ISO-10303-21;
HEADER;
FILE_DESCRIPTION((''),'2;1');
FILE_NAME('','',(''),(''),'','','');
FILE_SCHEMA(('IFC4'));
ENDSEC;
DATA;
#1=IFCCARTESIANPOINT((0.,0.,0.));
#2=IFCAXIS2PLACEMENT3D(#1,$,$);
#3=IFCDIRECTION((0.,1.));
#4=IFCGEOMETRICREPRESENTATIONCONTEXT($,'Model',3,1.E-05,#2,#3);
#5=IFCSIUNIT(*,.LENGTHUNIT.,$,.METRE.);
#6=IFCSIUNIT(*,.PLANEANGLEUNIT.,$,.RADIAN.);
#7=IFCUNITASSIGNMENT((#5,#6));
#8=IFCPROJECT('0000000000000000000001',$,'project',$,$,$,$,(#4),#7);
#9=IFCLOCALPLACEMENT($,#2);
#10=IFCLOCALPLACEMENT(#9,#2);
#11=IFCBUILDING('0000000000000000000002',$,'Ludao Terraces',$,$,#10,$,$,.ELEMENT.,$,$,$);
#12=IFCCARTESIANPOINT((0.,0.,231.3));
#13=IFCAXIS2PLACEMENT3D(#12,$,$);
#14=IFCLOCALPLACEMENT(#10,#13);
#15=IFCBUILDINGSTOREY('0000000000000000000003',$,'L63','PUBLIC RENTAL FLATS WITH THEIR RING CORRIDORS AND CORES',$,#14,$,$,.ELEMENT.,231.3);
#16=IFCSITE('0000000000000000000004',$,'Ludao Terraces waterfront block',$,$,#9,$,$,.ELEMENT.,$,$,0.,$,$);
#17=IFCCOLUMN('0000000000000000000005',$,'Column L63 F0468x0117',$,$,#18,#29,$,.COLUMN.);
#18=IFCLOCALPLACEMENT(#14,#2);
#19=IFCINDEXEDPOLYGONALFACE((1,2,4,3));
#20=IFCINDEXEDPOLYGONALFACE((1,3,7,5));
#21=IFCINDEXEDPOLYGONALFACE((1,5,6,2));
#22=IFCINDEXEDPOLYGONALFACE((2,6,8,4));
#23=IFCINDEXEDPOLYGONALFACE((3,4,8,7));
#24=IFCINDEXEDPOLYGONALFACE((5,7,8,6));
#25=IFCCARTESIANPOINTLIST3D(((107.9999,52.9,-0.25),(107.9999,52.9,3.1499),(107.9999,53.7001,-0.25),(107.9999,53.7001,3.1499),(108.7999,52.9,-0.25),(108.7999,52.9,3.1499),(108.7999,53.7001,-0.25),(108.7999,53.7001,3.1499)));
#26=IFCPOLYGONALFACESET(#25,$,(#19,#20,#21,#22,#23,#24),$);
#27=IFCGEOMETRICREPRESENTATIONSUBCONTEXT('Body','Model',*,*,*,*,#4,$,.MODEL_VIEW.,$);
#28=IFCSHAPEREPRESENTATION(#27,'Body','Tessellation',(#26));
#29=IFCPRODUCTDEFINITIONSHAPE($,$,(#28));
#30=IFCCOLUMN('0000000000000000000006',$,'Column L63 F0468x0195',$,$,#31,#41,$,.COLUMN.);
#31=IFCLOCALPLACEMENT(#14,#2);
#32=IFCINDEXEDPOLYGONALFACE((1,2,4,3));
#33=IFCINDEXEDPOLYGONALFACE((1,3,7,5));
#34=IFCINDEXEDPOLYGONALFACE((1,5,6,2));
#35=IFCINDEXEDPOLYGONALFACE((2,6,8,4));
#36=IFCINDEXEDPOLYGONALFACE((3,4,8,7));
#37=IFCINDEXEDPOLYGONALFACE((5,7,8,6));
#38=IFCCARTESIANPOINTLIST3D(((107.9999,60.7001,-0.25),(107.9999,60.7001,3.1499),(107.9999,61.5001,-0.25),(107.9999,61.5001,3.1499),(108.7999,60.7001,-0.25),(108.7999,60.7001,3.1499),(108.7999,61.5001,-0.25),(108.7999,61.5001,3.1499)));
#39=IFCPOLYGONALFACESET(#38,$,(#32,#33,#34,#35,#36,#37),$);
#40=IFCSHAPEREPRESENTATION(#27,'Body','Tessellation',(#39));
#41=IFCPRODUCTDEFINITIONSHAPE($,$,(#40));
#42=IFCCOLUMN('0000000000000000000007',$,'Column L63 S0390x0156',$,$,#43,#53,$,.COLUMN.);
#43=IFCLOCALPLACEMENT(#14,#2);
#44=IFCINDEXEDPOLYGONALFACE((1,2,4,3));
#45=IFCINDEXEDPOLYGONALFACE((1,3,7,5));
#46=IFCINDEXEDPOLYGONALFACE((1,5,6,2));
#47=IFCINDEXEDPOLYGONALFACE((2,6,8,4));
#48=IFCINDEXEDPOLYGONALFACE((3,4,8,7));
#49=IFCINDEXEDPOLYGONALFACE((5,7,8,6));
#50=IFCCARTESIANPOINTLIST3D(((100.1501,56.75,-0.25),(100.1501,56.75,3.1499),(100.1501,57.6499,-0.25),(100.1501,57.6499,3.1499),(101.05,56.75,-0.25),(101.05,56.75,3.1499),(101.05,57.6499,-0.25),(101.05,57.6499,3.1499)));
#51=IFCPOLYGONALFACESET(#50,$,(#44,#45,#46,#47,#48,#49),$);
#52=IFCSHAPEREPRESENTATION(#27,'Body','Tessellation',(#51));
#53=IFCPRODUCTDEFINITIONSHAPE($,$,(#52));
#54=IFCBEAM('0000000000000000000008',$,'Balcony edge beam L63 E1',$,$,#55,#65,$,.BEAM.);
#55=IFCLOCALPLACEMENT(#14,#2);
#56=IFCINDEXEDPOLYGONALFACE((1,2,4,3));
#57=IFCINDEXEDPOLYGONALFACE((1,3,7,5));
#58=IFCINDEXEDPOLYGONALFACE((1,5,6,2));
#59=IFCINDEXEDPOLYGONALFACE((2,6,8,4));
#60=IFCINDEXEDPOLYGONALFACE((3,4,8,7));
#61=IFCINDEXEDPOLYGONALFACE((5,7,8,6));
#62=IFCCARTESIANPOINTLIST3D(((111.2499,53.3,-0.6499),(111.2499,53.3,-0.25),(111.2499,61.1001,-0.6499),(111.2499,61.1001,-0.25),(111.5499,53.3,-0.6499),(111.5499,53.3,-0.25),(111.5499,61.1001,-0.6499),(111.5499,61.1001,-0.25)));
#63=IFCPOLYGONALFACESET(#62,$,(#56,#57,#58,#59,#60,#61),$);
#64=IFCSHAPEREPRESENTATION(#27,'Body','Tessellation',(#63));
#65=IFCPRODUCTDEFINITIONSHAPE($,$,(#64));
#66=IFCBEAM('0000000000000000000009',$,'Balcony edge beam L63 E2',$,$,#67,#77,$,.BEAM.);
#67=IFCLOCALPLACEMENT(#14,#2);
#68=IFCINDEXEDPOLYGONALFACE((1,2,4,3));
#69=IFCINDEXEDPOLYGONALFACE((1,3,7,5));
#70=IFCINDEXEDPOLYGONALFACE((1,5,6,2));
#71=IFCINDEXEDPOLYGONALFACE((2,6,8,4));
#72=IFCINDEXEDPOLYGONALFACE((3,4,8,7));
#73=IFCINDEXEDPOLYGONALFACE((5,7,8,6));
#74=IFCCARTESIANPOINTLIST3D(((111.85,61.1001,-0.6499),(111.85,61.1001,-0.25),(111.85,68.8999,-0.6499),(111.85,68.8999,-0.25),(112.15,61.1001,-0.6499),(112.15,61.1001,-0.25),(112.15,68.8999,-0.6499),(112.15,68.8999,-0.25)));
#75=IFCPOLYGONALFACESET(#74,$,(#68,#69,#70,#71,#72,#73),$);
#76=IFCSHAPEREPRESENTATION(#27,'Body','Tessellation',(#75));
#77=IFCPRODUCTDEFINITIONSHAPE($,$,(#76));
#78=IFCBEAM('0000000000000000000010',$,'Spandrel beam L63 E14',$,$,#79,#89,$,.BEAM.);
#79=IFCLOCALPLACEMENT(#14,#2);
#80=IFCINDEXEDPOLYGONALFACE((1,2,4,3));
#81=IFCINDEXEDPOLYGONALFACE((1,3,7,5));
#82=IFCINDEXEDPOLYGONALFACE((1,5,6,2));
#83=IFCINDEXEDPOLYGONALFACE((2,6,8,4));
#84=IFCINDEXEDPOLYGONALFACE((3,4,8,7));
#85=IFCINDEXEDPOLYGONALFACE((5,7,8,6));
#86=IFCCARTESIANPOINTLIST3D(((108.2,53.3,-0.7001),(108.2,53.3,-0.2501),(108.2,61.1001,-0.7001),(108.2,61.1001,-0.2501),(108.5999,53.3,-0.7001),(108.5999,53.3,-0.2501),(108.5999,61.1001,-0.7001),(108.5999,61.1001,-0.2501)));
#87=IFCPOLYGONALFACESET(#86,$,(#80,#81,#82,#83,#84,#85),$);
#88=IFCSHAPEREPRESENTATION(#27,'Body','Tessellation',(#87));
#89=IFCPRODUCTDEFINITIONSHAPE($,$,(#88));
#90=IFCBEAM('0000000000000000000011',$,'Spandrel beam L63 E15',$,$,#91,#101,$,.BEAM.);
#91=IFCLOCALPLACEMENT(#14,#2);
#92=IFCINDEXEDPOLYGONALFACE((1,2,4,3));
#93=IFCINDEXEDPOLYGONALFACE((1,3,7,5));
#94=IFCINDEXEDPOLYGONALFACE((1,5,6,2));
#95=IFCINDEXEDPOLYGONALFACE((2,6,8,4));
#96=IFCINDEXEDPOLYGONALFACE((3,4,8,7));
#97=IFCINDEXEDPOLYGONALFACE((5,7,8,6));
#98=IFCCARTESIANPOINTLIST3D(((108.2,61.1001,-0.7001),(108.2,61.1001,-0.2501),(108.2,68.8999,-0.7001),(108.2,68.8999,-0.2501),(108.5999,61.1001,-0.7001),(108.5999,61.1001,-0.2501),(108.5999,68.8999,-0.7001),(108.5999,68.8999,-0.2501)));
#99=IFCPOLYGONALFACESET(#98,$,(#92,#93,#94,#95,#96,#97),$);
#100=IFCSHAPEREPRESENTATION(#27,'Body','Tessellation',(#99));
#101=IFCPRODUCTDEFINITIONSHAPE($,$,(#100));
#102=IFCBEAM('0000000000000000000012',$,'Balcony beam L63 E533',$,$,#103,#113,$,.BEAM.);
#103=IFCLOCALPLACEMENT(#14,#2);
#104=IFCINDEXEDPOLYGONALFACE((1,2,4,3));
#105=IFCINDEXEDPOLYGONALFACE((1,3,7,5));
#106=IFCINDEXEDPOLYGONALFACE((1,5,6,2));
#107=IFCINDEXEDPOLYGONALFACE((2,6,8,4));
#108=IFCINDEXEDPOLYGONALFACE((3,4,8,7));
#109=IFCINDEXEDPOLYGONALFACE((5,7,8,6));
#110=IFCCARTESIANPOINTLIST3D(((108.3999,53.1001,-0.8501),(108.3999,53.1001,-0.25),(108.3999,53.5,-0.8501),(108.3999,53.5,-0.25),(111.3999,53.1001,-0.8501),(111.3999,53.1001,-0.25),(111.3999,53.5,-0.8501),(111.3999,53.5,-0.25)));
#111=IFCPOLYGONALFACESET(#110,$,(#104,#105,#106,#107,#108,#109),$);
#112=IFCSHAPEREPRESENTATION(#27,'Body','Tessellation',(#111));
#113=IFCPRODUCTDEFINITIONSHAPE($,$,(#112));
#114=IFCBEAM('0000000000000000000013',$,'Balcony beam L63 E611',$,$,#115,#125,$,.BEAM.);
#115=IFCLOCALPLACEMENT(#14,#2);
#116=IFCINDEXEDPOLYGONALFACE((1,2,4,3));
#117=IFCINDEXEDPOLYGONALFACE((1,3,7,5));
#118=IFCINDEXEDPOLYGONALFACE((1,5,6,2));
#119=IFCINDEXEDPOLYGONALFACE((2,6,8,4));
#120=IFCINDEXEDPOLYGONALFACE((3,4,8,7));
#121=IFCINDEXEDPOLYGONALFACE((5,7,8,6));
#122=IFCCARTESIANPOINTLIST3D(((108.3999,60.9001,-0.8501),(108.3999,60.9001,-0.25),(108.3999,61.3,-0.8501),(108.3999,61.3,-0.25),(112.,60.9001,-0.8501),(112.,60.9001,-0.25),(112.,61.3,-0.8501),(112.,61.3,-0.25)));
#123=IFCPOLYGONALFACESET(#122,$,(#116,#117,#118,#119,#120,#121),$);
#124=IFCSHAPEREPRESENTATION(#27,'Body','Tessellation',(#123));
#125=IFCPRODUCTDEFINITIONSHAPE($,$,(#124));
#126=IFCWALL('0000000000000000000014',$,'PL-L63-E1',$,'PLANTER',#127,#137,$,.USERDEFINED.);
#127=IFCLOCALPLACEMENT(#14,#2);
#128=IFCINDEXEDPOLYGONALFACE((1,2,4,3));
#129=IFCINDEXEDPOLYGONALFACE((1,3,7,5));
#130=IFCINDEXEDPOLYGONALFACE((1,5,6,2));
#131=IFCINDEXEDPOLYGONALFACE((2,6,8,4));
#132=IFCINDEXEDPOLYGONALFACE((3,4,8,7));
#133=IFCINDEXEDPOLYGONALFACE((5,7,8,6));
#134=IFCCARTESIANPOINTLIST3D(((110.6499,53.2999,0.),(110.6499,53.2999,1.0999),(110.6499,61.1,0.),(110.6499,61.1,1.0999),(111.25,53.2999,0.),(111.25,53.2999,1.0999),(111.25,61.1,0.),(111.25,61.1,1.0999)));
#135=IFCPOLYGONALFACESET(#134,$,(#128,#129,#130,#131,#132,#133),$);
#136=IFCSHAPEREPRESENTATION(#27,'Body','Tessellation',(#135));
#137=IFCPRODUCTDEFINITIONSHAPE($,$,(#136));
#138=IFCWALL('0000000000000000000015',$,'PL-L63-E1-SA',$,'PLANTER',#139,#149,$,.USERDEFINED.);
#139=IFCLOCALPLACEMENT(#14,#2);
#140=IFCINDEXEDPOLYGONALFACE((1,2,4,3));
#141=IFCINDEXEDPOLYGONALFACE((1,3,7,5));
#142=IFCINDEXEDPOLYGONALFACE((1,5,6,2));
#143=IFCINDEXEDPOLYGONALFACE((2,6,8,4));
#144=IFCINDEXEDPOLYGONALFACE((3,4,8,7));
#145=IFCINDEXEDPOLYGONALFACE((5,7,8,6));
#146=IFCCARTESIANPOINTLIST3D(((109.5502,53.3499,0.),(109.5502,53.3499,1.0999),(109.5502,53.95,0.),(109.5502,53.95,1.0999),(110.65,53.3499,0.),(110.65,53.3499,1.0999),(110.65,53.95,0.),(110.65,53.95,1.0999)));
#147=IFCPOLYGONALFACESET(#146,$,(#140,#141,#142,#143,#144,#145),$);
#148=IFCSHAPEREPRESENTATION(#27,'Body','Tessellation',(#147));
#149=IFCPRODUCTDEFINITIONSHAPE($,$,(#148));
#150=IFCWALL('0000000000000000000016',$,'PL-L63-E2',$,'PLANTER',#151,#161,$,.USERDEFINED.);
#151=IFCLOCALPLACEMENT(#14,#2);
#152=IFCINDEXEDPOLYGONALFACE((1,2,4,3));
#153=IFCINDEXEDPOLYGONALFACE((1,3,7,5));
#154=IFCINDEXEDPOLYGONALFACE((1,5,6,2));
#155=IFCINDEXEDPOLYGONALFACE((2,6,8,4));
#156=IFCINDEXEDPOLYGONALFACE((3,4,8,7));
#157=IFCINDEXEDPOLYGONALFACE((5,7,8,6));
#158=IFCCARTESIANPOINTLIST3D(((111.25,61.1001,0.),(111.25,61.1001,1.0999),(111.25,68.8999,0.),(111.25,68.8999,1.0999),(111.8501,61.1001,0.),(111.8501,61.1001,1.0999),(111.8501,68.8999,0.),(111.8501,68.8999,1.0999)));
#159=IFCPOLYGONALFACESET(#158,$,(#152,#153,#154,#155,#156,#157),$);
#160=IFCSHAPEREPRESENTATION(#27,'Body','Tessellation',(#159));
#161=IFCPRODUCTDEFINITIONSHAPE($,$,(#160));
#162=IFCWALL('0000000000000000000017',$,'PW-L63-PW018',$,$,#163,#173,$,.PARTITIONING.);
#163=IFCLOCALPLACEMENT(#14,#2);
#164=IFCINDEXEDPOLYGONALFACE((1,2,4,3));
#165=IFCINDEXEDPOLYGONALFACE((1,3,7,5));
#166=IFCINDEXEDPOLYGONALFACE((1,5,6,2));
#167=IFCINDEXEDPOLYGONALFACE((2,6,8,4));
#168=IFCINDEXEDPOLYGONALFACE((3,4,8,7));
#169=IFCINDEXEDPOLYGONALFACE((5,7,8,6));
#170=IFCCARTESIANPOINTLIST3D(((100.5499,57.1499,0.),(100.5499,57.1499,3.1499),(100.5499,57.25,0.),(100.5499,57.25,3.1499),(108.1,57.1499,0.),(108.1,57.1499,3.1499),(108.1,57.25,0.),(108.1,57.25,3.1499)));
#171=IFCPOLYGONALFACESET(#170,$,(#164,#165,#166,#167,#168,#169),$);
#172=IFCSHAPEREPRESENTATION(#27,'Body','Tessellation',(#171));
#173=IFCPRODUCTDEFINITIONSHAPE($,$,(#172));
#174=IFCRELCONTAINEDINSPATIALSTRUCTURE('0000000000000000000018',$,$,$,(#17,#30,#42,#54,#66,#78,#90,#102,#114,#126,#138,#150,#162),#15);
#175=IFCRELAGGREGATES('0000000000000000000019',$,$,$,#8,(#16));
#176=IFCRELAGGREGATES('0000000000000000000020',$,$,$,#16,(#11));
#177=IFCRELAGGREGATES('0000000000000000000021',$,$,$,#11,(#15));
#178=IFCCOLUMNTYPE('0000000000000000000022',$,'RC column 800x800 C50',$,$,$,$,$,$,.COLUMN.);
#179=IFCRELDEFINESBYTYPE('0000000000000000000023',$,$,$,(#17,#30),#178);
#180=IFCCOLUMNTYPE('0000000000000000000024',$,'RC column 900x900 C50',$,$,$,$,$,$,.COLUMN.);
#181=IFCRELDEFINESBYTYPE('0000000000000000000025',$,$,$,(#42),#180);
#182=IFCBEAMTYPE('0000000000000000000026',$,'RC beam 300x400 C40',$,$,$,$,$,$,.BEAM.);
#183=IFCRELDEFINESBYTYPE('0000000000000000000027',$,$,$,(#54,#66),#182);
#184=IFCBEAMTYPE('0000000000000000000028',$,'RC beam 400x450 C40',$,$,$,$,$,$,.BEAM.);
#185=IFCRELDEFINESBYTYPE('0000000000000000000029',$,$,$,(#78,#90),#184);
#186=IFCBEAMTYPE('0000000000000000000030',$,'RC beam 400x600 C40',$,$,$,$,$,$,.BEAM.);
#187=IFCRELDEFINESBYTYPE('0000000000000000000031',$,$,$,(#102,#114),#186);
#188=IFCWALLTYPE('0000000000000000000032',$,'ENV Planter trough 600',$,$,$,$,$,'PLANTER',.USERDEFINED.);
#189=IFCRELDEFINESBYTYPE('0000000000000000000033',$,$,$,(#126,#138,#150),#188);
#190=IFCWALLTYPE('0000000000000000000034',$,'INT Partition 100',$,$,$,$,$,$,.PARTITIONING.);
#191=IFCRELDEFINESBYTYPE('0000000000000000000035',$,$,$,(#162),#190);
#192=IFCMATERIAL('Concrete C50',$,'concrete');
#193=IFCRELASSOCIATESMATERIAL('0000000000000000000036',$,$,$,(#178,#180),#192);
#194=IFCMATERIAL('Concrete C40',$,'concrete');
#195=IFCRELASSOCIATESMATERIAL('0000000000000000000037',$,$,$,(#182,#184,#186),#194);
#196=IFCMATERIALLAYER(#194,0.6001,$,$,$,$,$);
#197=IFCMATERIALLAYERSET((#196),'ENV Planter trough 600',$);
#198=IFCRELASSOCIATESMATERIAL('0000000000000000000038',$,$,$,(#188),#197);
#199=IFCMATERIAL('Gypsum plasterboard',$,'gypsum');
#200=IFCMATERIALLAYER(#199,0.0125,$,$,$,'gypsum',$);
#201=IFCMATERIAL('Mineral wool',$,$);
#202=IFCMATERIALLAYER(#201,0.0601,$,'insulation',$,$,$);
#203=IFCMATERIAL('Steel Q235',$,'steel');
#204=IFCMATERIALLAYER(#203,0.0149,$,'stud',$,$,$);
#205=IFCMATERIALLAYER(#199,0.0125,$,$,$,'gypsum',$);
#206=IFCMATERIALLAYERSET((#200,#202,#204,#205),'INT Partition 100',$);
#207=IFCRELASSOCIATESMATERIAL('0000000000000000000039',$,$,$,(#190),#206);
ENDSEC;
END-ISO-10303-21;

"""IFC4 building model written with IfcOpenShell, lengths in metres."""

from ifc_helpers import new_model, si_unit, direction, frame, frame_2d, origin, origin_2d, place, context, subcontext, project, spatial, rectangle, extrude, material, layer, layer_set, material_profile, profile_set, type_object, element, save


model = new_model("IFC4")

# Units and contexts
model_context = context("Model", 3, precision=1e-05, world=origin(), true_north=direction((0.0, 1.0)))
body_context = subcontext(model_context, "Body", "Model", "MODEL_VIEW")
ifc_project = project(units=[si_unit("LENGTHUNIT", "METRE"), si_unit("PLANEANGLEUNIT", "RADIAN")], contexts=[model_context])

# Site, building, storey
site_placement = place(None, origin())
site = spatial("IfcSite", under=ifc_project, at=site_placement, Name="Ludao Terraces waterfront block", CompositionType="ELEMENT", RefElevation=0.0)
building_placement = place(site_placement, origin())
building = spatial("IfcBuilding", under=site, at=building_placement, Name="Ludao Terraces", CompositionType="ELEMENT")
storey_placement = place(building_placement, frame((0.0, 0.0, 231.3)))
storey = spatial("IfcBuildingStorey", under=building, at=storey_placement, Name="L63", Description="PUBLIC RENTAL FLATS WITH THEIR RING CORRIDORS AND CORES", CompositionType="ELEMENT", Elevation=231.3)

# Columns
ifc_material_1 = material(Name="Concrete C50", Category="concrete")
ifc_material_profile_1 = material_profile(ifc_material_1, rectangle(XDim=0.8, YDim=0.8, at=origin_2d()), Name="800 X 800")
ifc_profile_set_1 = profile_set([ifc_material_profile_1], Name="Concrete C50")
column_type_1 = type_object("IfcColumnType", Name="RC column 800x800 C50", PredefinedType="COLUMN", material=ifc_profile_set_1)
for number, where, z_axis, x_axis, name in (
    (1, (108.3999, 53.3, -0.25), (0.0, 0.0, 1.0), (1.0, 0.0, 0.0), "Column L63 F0468x0117"),
    (2, (108.3999, 61.1001, -0.25), (0.0, 0.0, 1.0), (1.0, 0.0, 0.0), "Column L63 F0468x0195"),
):
    element("IfcColumn", number, at=place(storey_placement, frame(where, z_axis=z_axis, x_axis=x_axis)), inside=storey, type_object=column_type_1, Name=name, PredefinedType="COLUMN", context=body_context, shape_type="SweptSolid", body=[
        extrude(rectangle(XDim=0.8, YDim=0.8, at=origin_2d()), origin(), (0.0, 0.0, 1.0), 3.3999),
    ])
ifc_material_profile_2 = material_profile(ifc_material_1, rectangle(XDim=0.8999, YDim=0.8999, at=origin_2d()), Name="900 X 900")
ifc_profile_set_2 = profile_set([ifc_material_profile_2], Name="Concrete C50")
column_type_2 = type_object("IfcColumnType", Name="RC column 900x900 C50", PredefinedType="COLUMN", material=ifc_profile_set_2)
column_placement = place(storey_placement, frame((100.6001, 57.2, -0.25), z_axis=(0.0, 0.0, 1.0), x_axis=(1.0, 0.0, 0.0)))
element("IfcColumn", 3, at=column_placement, inside=storey, type_object=column_type_2, Name="Column L63 S0390x0156", PredefinedType="COLUMN", context=body_context, shape_type="SweptSolid", body=[
    extrude(rectangle(XDim=0.8999, YDim=0.8999, at=origin_2d()), origin(), (0.0, 0.0, 1.0), 3.3999),
])

# Beams
ifc_material_2 = material(Name="Concrete C40", Category="concrete")
ifc_material_profile_3 = material_profile(ifc_material_2, rectangle(XDim=0.3, YDim=0.3999, at=origin_2d()), Name="300 X 400")
ifc_profile_set_3 = profile_set([ifc_material_profile_3], Name="Concrete C40")
beam_type_1 = type_object("IfcBeamType", Name="RC beam 300x400 C40", PredefinedType="BEAM", material=ifc_profile_set_3)
beam_1_placement = place(storey_placement, frame((111.3999, 53.3, -0.45), z_axis=(0.0, 1.0, 0.0), x_axis=(-1.0, 0.0, 0.0)))
element("IfcBeam", 4, at=beam_1_placement, inside=storey, type_object=beam_type_1, Name="Balcony edge beam L63 E1", PredefinedType="BEAM", context=body_context, shape_type="SweptSolid", body=[
    extrude(rectangle(XDim=0.3, YDim=0.3999, at=origin_2d()), origin(), (0.0, 0.0, 1.0), 7.8),
])
beam_2_placement = place(storey_placement, frame((112.0, 61.1001, -0.45), z_axis=(0.0, 1.0, 0.0), x_axis=(-1.0, 0.0, 0.0)))
element("IfcBeam", 5, at=beam_2_placement, inside=storey, type_object=beam_type_1, Name="Balcony edge beam L63 E2", PredefinedType="BEAM", context=body_context, shape_type="SweptSolid", body=[
    extrude(rectangle(XDim=0.3, YDim=0.3999, at=origin_2d()), origin(), (0.0, 0.0, 1.0), 7.7998),
])
ifc_material_profile_4 = material_profile(ifc_material_2, rectangle(XDim=0.3999, YDim=0.45, at=origin_2d()), Name="400 X 450")
ifc_profile_set_4 = profile_set([ifc_material_profile_4], Name="Concrete C40")
beam_type_2 = type_object("IfcBeamType", Name="RC beam 400x450 C40", PredefinedType="BEAM", material=ifc_profile_set_4)
beam_3_placement = place(storey_placement, frame((108.3999, 53.3, -0.4751), z_axis=(0.0, 1.0, 0.0), x_axis=(-1.0, 0.0, 0.0)))
element("IfcBeam", 6, at=beam_3_placement, inside=storey, type_object=beam_type_2, Name="Spandrel beam L63 E14", PredefinedType="BEAM", context=body_context, shape_type="SweptSolid", body=[
    extrude(rectangle(XDim=0.3999, YDim=0.45, at=origin_2d()), origin(), (0.0, 0.0, 1.0), 7.8),
])
beam_4_placement = place(storey_placement, frame((108.3999, 61.1001, -0.4751), z_axis=(0.0, 1.0, 0.0), x_axis=(-1.0, 0.0, 0.0)))
element("IfcBeam", 7, at=beam_4_placement, inside=storey, type_object=beam_type_2, Name="Spandrel beam L63 E15", PredefinedType="BEAM", context=body_context, shape_type="SweptSolid", body=[
    extrude(rectangle(XDim=0.3999, YDim=0.45, at=origin_2d()), origin(), (0.0, 0.0, 1.0), 7.7998),
])
ifc_material_profile_5 = material_profile(ifc_material_2, rectangle(XDim=0.3999, YDim=0.6001, at=origin_2d()), Name="400 X 600")
ifc_profile_set_5 = profile_set([ifc_material_profile_5], Name="Concrete C40")
beam_type_3 = type_object("IfcBeamType", Name="RC beam 400x600 C40", PredefinedType="BEAM", material=ifc_profile_set_5)
beam_5_placement = place(storey_placement, frame((108.3999, 53.3, -0.55), z_axis=(1.0, 0.0, 0.0), x_axis=(0.0, 1.0, 0.0)))
element("IfcBeam", 8, at=beam_5_placement, inside=storey, type_object=beam_type_3, Name="Balcony beam L63 E533", PredefinedType="BEAM", context=body_context, shape_type="SweptSolid", body=[
    extrude(rectangle(XDim=0.3999, YDim=0.6001, at=origin_2d()), origin(), (0.0, 0.0, 1.0), 3.0),
])
beam_6_placement = place(storey_placement, frame((108.3999, 61.1001, -0.55), z_axis=(1.0, 0.0, 0.0), x_axis=(0.0, 1.0, 0.0)))
element("IfcBeam", 9, at=beam_6_placement, inside=storey, type_object=beam_type_3, Name="Balcony beam L63 E611", PredefinedType="BEAM", context=body_context, shape_type="SweptSolid", body=[
    extrude(rectangle(XDim=0.3999, YDim=0.6001, at=origin_2d()), origin(), (0.0, 0.0, 1.0), 3.6001),
])

# Walls
ifc_layer_1 = layer(ifc_material_2, 0.6001)
ifc_layer_set_1 = layer_set([ifc_layer_1], Name="ENV Planter trough 600")
wall_type_1 = type_object("IfcWallType", Name="ENV Planter trough 600", ElementType="PLANTER", PredefinedType="USERDEFINED", material=ifc_layer_set_1)
wall_1_placement = place(storey_placement, frame((110.95, 53.3, 0.0), z_axis=(0.0, 0.0, 1.0), x_axis=(0.0, 1.0, 0.0)))
element("IfcWall", 10, at=wall_1_placement, inside=storey, type_object=wall_type_1, Name="PL-L63-E1", ObjectType="PLANTER", PredefinedType="USERDEFINED", context=body_context, shape_type="SweptSolid", body=[
    extrude(rectangle(XDim=7.8, YDim=0.6001, at=frame_2d((3.8999, 0.0))), origin(), (0.0, 0.0, 1.0), 1.0999),
])
wall_2_placement = place(storey_placement, frame((110.6499, 53.6499, 0.0), z_axis=(0.0, 0.0, 1.0), x_axis=(-1.0, 0.0, 0.0)))
element("IfcWall", 11, at=wall_2_placement, inside=storey, type_object=wall_type_1, Name="PL-L63-E1-SA", ObjectType="PLANTER", PredefinedType="USERDEFINED", context=body_context, shape_type="SweptSolid", body=[
    extrude(rectangle(XDim=1.0999, YDim=0.6001, at=frame_2d((0.5498, 0.0))), origin(), (0.0, 0.0, 1.0), 1.0999),
])
wall_3_placement = place(storey_placement, frame((111.55, 61.1001, 0.0), z_axis=(0.0, 0.0, 1.0), x_axis=(0.0, 1.0, 0.0)))
element("IfcWall", 12, at=wall_3_placement, inside=storey, type_object=wall_type_1, Name="PL-L63-E2", ObjectType="PLANTER", PredefinedType="USERDEFINED", context=body_context, shape_type="SweptSolid", body=[
    extrude(rectangle(XDim=7.7998, YDim=0.6001, at=frame_2d((3.8999, 0.0))), origin(), (0.0, 0.0, 1.0), 1.0999),
])

# Shared definitions
ifc_material_3 = material(Name="Mineral wool")

# Wall
ifc_material_4 = material(Name="Gypsum plasterboard", Category="gypsum")
ifc_layer_2 = layer(ifc_material_4, 0.0125, Category="gypsum")
ifc_layer_3 = layer(ifc_material_3, 0.0601, Name="insulation")
ifc_material_5 = material(Name="Steel Q235", Category="steel")
ifc_layer_4 = layer(ifc_material_5, 0.0149, Name="stud")
ifc_layer_5 = layer(ifc_material_4, 0.0125, Category="gypsum")
ifc_layer_set_2 = layer_set([ifc_layer_2, ifc_layer_3, ifc_layer_4, ifc_layer_5], Name="INT Partition 100")
wall_type_2 = type_object("IfcWallType", Name="INT Partition 100", PredefinedType="PARTITIONING", material=ifc_layer_set_2)
wall_4_placement = place(storey_placement, frame((100.55, 57.2, 0.0), z_axis=(0.0, 0.0, 1.0), x_axis=(1.0, 0.0, 0.0)))
element("IfcWall", 13, at=wall_4_placement, inside=storey, type_object=wall_type_2, Name="PW-L63-PW018", PredefinedType="PARTITIONING", context=body_context, shape_type="SweptSolid", body=[
    extrude(rectangle(XDim=7.55, YDim=0.1001, at=frame_2d((3.7749, 0.0))), origin(), (0.0, 0.0, 1.0), 3.1499),
])

save(model, "model.ifc")
